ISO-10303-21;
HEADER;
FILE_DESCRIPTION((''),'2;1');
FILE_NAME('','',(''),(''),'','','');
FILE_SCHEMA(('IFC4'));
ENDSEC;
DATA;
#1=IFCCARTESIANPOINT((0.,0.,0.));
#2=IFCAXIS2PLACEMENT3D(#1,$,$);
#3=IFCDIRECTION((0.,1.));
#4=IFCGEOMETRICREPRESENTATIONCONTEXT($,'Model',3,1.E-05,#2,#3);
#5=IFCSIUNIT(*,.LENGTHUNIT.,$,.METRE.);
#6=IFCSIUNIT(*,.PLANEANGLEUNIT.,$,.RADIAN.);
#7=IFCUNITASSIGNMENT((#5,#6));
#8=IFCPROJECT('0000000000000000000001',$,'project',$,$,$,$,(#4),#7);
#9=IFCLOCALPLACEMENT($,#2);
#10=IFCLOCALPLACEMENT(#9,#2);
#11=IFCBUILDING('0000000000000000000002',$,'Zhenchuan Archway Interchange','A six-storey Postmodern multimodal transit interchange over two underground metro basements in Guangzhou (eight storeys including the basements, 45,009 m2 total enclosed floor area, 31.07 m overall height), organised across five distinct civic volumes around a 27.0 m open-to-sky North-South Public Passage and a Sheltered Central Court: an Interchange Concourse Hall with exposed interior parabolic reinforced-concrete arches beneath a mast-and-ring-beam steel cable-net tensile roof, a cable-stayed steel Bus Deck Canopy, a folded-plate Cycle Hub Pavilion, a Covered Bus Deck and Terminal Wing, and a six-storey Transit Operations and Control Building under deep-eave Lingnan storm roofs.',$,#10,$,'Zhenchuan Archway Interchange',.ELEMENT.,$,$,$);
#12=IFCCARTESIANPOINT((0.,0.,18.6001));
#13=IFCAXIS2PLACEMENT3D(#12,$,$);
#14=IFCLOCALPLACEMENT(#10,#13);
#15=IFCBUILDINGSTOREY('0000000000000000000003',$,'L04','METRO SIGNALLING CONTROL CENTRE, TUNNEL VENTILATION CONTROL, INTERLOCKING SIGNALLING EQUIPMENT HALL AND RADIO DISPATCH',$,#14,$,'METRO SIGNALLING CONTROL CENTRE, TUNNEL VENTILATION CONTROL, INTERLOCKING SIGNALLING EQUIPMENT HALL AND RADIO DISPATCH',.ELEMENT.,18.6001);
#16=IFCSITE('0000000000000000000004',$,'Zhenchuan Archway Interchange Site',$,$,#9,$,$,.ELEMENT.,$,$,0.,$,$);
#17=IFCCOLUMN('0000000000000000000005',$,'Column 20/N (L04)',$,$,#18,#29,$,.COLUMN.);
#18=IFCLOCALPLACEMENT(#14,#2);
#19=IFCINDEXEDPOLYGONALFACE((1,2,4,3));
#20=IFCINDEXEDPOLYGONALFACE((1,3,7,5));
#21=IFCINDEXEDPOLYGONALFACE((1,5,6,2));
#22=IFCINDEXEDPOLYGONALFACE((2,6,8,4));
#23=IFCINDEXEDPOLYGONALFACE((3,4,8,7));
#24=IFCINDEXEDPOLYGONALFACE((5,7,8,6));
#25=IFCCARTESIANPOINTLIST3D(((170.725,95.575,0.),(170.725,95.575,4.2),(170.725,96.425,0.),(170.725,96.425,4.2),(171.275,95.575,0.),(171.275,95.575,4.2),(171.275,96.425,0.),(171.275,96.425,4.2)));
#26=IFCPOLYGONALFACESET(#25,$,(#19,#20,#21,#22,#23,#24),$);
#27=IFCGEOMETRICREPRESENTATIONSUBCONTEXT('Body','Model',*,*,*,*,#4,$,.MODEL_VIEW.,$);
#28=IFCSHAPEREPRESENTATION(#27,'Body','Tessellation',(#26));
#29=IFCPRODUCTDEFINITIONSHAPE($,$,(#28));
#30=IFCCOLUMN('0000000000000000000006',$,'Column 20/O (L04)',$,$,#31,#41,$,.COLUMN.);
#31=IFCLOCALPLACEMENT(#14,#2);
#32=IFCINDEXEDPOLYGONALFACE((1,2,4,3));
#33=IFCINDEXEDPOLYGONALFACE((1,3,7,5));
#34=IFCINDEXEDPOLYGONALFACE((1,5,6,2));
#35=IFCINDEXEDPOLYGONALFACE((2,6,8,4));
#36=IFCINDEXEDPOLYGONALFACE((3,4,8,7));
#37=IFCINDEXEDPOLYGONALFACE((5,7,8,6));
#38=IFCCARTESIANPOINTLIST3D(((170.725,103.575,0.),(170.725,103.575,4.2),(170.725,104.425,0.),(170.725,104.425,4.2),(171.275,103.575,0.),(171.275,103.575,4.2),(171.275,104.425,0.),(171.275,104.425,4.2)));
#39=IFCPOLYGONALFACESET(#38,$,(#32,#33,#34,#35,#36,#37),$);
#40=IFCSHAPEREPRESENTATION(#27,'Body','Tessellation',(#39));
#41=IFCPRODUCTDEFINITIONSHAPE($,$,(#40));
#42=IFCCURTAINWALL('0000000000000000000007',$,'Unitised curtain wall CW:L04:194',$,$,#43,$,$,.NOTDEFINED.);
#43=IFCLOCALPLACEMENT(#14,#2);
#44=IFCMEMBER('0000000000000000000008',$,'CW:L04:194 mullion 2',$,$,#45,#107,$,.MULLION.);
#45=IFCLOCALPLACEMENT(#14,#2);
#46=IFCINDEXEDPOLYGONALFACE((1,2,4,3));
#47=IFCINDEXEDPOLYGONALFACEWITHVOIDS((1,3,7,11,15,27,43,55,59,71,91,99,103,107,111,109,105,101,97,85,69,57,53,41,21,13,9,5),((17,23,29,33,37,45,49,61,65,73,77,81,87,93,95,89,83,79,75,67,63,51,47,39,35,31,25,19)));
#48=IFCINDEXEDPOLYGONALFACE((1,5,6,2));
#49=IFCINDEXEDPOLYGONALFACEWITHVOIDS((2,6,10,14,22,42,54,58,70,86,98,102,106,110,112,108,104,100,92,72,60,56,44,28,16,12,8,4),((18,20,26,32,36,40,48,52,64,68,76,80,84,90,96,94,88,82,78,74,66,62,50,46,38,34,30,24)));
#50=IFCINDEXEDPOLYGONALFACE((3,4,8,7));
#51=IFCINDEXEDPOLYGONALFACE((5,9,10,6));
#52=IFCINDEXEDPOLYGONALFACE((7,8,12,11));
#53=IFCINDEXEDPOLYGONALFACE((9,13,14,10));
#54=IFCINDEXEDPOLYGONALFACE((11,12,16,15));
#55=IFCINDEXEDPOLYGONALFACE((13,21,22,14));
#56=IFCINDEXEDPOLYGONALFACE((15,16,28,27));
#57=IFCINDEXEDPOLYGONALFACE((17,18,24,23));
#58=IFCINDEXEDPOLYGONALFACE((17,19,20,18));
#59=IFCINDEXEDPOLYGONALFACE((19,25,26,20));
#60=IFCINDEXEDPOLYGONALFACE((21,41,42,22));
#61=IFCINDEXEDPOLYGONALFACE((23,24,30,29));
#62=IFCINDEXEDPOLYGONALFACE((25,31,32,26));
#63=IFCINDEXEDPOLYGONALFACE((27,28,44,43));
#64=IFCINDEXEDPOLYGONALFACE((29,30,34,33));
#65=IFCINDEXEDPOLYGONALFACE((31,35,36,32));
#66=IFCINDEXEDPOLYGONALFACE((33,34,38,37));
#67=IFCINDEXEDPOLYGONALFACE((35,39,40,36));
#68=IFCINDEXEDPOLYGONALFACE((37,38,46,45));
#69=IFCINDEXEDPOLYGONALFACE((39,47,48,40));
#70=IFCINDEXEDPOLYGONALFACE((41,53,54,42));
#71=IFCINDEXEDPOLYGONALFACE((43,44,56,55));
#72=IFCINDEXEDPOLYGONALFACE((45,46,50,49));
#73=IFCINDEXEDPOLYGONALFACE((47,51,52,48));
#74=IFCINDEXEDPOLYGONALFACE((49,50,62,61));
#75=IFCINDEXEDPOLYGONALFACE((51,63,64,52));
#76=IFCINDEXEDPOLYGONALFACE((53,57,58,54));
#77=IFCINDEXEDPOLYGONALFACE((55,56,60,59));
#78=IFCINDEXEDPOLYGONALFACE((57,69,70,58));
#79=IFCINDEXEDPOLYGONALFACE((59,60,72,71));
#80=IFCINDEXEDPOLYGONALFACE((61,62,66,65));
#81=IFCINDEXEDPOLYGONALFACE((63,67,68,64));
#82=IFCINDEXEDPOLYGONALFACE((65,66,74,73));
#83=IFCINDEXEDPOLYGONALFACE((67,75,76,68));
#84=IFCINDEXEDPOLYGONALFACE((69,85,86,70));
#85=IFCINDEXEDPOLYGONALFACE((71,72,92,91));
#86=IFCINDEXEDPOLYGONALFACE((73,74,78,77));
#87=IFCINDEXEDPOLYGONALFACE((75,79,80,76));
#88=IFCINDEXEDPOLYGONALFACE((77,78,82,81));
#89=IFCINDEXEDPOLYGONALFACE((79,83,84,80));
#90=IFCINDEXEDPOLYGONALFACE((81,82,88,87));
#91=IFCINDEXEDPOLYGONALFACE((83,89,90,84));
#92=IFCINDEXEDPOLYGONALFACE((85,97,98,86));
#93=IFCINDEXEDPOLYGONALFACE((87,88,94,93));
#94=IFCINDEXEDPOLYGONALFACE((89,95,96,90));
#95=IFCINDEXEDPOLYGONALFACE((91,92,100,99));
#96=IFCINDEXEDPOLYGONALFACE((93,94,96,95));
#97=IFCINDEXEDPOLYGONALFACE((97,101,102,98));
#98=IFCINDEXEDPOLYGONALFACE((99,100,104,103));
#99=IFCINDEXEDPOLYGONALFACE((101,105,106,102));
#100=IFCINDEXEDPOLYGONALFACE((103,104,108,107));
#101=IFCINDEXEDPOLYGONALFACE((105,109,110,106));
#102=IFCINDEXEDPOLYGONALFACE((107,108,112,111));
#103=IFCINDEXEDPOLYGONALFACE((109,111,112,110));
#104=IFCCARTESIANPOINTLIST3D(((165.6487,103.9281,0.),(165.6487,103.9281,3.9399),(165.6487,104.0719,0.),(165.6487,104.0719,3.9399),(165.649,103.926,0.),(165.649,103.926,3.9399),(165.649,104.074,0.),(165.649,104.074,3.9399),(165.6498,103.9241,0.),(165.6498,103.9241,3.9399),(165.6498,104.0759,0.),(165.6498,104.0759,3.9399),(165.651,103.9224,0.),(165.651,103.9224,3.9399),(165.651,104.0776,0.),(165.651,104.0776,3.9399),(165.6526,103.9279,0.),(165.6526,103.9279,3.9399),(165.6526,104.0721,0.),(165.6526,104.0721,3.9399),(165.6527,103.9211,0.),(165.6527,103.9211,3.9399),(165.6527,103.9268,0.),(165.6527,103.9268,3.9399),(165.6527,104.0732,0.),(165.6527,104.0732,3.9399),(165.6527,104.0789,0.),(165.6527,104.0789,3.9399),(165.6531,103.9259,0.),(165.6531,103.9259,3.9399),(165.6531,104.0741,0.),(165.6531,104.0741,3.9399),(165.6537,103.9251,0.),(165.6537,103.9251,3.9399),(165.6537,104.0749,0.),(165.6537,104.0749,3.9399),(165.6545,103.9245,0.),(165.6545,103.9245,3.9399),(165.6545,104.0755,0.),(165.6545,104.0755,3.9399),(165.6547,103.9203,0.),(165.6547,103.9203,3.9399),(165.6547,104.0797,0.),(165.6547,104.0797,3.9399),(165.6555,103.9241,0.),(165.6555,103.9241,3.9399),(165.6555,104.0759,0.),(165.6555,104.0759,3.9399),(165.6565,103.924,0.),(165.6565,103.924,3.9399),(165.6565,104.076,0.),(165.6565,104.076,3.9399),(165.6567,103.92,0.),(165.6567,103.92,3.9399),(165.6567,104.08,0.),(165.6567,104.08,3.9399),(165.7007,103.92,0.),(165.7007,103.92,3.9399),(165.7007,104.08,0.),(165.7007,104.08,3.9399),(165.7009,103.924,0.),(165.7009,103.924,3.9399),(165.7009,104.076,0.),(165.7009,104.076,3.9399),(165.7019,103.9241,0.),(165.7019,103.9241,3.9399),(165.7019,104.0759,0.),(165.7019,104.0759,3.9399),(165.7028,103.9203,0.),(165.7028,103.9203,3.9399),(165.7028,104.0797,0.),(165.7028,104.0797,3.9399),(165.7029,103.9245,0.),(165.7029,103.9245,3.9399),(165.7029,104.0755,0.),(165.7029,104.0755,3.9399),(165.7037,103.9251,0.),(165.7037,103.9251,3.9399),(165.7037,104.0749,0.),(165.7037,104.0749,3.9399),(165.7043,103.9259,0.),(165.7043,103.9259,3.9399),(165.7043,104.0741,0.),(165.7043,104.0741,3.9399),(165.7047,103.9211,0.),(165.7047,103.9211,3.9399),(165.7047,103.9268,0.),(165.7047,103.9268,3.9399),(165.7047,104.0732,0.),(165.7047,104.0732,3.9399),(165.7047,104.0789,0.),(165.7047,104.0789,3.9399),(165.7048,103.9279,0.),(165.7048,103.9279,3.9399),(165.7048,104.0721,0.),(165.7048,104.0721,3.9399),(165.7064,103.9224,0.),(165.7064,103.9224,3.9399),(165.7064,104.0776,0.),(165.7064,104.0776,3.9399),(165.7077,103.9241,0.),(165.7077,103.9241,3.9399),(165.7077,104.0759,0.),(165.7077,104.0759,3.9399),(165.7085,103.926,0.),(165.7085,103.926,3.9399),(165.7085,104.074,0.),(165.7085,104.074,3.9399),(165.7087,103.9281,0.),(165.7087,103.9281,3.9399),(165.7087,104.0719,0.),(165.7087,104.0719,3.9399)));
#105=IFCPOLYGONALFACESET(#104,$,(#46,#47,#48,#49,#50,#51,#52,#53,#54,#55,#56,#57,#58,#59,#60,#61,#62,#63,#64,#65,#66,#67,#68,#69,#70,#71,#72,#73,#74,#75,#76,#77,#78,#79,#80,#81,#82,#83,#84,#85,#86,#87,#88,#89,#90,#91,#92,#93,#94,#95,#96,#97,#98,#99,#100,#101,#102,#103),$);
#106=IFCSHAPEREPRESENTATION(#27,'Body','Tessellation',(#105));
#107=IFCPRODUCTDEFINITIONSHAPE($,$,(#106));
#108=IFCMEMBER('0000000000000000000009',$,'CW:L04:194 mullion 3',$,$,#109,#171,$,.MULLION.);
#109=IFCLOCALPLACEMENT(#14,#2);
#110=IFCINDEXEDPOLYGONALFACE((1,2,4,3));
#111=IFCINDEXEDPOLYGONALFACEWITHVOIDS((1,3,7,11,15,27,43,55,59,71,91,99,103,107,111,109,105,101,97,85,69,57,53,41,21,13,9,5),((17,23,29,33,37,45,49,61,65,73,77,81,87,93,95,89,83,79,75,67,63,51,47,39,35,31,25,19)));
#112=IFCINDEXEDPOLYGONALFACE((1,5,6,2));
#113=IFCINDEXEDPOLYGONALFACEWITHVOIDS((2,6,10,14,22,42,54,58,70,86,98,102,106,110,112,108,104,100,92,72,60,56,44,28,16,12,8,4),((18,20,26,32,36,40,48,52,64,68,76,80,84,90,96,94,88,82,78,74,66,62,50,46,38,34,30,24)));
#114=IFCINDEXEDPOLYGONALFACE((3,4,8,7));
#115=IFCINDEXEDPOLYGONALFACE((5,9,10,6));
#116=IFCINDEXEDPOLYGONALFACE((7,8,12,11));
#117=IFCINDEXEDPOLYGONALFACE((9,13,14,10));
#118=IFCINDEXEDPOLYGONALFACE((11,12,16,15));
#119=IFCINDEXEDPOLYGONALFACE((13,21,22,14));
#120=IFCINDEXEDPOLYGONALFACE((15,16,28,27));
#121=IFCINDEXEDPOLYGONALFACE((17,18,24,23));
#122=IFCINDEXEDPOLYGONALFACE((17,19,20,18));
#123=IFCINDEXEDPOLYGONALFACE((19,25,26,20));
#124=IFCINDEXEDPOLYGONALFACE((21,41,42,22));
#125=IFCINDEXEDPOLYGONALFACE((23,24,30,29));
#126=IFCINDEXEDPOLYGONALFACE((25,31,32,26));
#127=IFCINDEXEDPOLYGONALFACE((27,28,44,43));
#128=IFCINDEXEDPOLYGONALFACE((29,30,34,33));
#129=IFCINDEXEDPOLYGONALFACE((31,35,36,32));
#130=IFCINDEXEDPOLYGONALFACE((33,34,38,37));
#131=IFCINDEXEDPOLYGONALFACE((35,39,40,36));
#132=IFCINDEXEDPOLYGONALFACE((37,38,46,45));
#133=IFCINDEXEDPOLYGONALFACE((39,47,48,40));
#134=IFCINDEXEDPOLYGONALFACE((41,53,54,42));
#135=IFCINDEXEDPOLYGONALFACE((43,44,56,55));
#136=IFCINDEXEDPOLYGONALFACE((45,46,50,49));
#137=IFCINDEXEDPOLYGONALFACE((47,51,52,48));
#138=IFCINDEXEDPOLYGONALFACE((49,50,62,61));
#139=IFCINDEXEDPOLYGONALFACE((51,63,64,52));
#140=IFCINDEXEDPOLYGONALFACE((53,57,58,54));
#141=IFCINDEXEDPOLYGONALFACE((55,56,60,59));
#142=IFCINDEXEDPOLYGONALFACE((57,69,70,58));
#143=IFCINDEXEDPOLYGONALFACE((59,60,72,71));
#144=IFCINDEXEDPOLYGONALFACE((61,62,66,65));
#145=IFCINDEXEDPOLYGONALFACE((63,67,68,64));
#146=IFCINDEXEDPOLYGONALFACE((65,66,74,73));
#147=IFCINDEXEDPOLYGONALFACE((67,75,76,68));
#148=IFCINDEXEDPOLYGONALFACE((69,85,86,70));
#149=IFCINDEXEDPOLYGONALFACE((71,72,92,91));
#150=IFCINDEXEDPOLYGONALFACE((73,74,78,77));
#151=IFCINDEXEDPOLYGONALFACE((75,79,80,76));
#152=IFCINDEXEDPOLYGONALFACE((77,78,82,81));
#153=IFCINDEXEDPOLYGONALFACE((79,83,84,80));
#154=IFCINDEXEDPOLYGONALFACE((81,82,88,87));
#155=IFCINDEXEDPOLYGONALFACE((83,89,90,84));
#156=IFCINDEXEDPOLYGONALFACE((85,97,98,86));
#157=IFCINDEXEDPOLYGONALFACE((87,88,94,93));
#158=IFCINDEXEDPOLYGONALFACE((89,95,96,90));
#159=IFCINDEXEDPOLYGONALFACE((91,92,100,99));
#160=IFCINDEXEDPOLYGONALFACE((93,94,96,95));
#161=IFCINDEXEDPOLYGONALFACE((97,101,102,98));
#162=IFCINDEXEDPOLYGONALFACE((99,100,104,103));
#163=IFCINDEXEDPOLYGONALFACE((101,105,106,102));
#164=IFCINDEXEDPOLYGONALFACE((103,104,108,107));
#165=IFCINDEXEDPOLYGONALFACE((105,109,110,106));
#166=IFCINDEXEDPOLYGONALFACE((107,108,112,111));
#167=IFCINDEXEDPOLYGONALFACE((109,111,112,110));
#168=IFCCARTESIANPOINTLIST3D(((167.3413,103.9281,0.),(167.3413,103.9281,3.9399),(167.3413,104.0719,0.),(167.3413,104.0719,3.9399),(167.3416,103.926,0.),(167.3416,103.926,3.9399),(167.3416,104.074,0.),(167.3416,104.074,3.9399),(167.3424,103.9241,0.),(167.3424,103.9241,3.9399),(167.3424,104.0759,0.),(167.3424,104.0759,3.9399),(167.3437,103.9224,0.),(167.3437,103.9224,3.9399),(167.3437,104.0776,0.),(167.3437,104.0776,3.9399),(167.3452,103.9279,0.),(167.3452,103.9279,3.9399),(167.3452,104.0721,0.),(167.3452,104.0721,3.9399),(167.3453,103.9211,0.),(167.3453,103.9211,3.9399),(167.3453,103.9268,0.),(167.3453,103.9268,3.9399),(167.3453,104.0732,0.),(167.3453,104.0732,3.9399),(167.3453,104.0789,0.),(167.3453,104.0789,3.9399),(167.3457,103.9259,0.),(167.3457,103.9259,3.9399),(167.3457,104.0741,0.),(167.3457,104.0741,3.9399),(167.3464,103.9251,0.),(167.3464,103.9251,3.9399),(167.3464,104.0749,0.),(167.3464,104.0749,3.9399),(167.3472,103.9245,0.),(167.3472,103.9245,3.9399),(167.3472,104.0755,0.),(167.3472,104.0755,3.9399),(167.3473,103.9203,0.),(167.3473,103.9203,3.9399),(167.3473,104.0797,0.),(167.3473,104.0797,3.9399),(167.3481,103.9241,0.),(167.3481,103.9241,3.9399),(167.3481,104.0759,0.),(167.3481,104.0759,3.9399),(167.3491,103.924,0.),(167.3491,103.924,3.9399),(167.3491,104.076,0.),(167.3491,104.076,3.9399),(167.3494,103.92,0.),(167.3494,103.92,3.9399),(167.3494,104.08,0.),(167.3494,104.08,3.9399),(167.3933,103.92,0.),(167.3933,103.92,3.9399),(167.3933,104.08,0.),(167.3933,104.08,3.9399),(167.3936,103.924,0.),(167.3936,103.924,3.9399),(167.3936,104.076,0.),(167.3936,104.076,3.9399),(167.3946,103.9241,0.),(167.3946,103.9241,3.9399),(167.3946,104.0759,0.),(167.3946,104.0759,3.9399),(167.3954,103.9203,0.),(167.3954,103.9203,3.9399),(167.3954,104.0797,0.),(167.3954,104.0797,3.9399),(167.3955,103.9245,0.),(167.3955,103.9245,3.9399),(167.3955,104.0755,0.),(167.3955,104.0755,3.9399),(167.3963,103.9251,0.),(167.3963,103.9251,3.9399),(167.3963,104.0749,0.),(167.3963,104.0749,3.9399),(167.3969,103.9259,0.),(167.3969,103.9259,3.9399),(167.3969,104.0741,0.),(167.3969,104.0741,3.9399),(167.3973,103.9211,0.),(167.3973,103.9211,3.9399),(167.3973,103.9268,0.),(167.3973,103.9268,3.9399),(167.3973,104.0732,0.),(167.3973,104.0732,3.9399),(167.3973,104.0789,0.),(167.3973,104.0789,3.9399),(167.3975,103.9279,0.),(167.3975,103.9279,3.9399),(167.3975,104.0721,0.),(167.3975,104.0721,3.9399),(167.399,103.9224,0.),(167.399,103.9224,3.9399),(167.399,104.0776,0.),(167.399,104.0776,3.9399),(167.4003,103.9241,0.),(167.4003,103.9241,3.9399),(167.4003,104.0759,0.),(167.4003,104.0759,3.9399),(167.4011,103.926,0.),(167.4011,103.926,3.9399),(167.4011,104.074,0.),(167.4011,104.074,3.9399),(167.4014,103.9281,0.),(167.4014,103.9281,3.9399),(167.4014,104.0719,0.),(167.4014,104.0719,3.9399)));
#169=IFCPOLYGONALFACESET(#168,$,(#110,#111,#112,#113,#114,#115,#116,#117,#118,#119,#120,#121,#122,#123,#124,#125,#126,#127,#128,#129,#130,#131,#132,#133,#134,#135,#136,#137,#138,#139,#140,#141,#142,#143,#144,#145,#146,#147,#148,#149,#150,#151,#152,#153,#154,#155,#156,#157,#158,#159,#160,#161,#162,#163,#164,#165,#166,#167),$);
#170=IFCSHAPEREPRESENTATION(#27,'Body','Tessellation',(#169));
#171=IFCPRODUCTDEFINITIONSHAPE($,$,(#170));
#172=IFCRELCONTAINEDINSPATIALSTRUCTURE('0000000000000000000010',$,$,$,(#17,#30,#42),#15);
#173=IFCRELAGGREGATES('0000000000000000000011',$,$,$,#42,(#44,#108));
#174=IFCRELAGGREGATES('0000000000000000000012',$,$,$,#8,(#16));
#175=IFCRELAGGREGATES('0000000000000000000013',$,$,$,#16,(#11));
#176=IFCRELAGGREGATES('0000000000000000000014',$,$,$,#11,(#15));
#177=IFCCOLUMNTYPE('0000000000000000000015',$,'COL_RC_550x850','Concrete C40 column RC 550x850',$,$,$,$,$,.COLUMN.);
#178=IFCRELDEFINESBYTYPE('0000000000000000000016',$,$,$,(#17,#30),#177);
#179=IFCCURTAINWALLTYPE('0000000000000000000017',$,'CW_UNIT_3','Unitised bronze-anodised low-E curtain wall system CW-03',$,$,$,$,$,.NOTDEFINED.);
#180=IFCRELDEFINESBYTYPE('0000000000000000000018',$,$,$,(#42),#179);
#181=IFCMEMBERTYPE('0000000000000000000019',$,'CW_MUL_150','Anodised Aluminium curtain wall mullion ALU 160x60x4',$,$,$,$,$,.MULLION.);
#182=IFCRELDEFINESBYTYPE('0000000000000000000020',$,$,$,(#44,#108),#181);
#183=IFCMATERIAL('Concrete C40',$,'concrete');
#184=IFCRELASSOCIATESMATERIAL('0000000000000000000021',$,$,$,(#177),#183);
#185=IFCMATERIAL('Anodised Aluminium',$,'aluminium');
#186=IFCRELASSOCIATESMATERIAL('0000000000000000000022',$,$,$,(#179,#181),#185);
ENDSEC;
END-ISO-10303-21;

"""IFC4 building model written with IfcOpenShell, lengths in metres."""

from ifc_helpers import new_model, si_unit, direction, frame, origin, origin_2d, place, context, subcontext, project, spatial, rectangle, hollow_rectangle, extrude, material, material_profile, profile_set, type_object, element, aggregate, save


model = new_model("IFC4")

# Units and contexts
model_context = context("Model", 3, precision=1e-05, world=origin(), true_north=direction((0.0, 1.0)))
body_context = subcontext(model_context, "Body", "Model", "MODEL_VIEW")
ifc_project = project(units=[si_unit("LENGTHUNIT", "METRE"), si_unit("PLANEANGLEUNIT", "RADIAN")], contexts=[model_context])

# Site, building, storey
site_placement = place(None, origin())
site = spatial("IfcSite", under=ifc_project, at=site_placement, Name="Zhenchuan Archway Interchange Site", CompositionType="ELEMENT", RefElevation=0.0)
building_placement = place(site_placement, origin())
building = spatial("IfcBuilding", under=site, at=building_placement, Name="Zhenchuan Archway Interchange", Description="A six-storey Postmodern multimodal transit interchange over two underground metro basements in Guangzhou (eight storeys including the basements, 45,009 m2 total enclosed floor area, 31.07 m overall height), organised across five distinct civic volumes around a 27.0 m open-to-sky North-South Public Passage and a Sheltered Central Court: an Interchange Concourse Hall with exposed interior parabolic reinforced-concrete arches beneath a mast-and-ring-beam steel cable-net tensile roof, a cable-stayed steel Bus Deck Canopy, a folded-plate Cycle Hub Pavilion, a Covered Bus Deck and Terminal Wing, and a six-storey Transit Operations and Control Building under deep-eave Lingnan storm roofs.", LongName="Zhenchuan Archway Interchange", CompositionType="ELEMENT")
storey_placement = place(building_placement, frame((0.0, 0.0, 18.6001)))
storey = spatial("IfcBuildingStorey", under=building, at=storey_placement, Name="L04", Description="METRO SIGNALLING CONTROL CENTRE, TUNNEL VENTILATION CONTROL, INTERLOCKING SIGNALLING EQUIPMENT HALL AND RADIO DISPATCH", LongName="METRO SIGNALLING CONTROL CENTRE, TUNNEL VENTILATION CONTROL, INTERLOCKING SIGNALLING EQUIPMENT HALL AND RADIO DISPATCH", CompositionType="ELEMENT", Elevation=18.6001)

# Columns
ifc_material_1 = material(Name="Concrete C40", Category="concrete")
ifc_material_profile_1 = material_profile(ifc_material_1, rectangle(XDim=0.55, YDim=0.8501, at=origin_2d()), Name="RC 550x850")
ifc_profile_set_1 = profile_set([ifc_material_profile_1], Name="Concrete C40")
column_type = type_object("IfcColumnType", Name="COL_RC_550x850", Description="Concrete C40 column RC 550x850", PredefinedType="COLUMN", material=ifc_profile_set_1)
for number, where, z_axis, x_axis, name in (
    (1, (171.0, 96.0, 0.0), (0.0, 0.0, 1.0), (1.0, 0.0, 0.0), "Column 20/N (L04)"),
    (2, (171.0, 104.0, 0.0), (0.0, 0.0, 1.0), (1.0, 0.0, 0.0), "Column 20/O (L04)"),
):
    element("IfcColumn", number, at=place(storey_placement, frame(where, z_axis=z_axis, x_axis=x_axis)), inside=storey, type_object=column_type, Name=name, PredefinedType="COLUMN", context=body_context, shape_type="SweptSolid", body=[
        extrude(rectangle(XDim=0.55, YDim=0.8501, at=origin_2d()), origin(), (0.0, 0.0, 1.0), 4.2),
    ])

# Curtain wall, members
ifc_material_2 = material(Name="Anodised Aluminium", Category="aluminium")
curtain_wall_type = type_object("IfcCurtainWallType", Name="CW_UNIT_3", Description="Unitised bronze-anodised low-E curtain wall system CW-03", PredefinedType="NOTDEFINED", material=ifc_material_2)
curtain_wall_placement = place(storey_placement, origin())
curtain_wall = element("IfcCurtainWall", 3, at=curtain_wall_placement, inside=storey, type_object=curtain_wall_type, Name="Unitised curtain wall CW:L04:194", PredefinedType="NOTDEFINED")
ifc_material_profile_2 = material_profile(ifc_material_2, hollow_rectangle(XDim=0.0601, YDim=0.1599, WallThickness=0.0039, InnerFilletRadius=0.0039, OuterFilletRadius=0.0081, at=origin_2d()), Name="ALU 160x60x4")
ifc_profile_set_2 = profile_set([ifc_material_profile_2], Name="Anodised Aluminium")
member_type_1 = type_object("IfcMemberType", Name="CW_MUL_150", Description="Anodised Aluminium curtain wall mullion ALU 160x60x4", PredefinedType="MULLION", material=ifc_profile_set_2)
member_1_placement = place(storey_placement, frame((165.6787, 104.0, 0.0), z_axis=(0.0, 0.0, 1.0), x_axis=(1.0, 0.0, 0.0)))
member_1 = element("IfcMember", 4, at=member_1_placement, type_object=member_type_1, Name="CW:L04:194 mullion 2", PredefinedType="MULLION", context=body_context, shape_type="SweptSolid", body=[
    extrude(hollow_rectangle(XDim=0.0601, YDim=0.1599, WallThickness=0.0039, InnerFilletRadius=0.0039, OuterFilletRadius=0.0081, at=origin_2d()), origin(), (0.0, 0.0, 1.0), 3.9399),
])
member_2_placement = place(storey_placement, frame((167.3713, 104.0, 0.0), z_axis=(0.0, 0.0, 1.0), x_axis=(1.0, 0.0, 0.0)))
member_2 = element("IfcMember", 5, at=member_2_placement, type_object=member_type_1, Name="CW:L04:194 mullion 3", PredefinedType="MULLION", context=body_context, shape_type="SweptSolid", body=[
    extrude(hollow_rectangle(XDim=0.0601, YDim=0.1599, WallThickness=0.0039, InnerFilletRadius=0.0039, OuterFilletRadius=0.0081, at=origin_2d()), origin(), (0.0, 0.0, 1.0), 3.9399),
])

aggregate(curtain_wall, [member_1, member_2])

save(model, "model.ifc")
